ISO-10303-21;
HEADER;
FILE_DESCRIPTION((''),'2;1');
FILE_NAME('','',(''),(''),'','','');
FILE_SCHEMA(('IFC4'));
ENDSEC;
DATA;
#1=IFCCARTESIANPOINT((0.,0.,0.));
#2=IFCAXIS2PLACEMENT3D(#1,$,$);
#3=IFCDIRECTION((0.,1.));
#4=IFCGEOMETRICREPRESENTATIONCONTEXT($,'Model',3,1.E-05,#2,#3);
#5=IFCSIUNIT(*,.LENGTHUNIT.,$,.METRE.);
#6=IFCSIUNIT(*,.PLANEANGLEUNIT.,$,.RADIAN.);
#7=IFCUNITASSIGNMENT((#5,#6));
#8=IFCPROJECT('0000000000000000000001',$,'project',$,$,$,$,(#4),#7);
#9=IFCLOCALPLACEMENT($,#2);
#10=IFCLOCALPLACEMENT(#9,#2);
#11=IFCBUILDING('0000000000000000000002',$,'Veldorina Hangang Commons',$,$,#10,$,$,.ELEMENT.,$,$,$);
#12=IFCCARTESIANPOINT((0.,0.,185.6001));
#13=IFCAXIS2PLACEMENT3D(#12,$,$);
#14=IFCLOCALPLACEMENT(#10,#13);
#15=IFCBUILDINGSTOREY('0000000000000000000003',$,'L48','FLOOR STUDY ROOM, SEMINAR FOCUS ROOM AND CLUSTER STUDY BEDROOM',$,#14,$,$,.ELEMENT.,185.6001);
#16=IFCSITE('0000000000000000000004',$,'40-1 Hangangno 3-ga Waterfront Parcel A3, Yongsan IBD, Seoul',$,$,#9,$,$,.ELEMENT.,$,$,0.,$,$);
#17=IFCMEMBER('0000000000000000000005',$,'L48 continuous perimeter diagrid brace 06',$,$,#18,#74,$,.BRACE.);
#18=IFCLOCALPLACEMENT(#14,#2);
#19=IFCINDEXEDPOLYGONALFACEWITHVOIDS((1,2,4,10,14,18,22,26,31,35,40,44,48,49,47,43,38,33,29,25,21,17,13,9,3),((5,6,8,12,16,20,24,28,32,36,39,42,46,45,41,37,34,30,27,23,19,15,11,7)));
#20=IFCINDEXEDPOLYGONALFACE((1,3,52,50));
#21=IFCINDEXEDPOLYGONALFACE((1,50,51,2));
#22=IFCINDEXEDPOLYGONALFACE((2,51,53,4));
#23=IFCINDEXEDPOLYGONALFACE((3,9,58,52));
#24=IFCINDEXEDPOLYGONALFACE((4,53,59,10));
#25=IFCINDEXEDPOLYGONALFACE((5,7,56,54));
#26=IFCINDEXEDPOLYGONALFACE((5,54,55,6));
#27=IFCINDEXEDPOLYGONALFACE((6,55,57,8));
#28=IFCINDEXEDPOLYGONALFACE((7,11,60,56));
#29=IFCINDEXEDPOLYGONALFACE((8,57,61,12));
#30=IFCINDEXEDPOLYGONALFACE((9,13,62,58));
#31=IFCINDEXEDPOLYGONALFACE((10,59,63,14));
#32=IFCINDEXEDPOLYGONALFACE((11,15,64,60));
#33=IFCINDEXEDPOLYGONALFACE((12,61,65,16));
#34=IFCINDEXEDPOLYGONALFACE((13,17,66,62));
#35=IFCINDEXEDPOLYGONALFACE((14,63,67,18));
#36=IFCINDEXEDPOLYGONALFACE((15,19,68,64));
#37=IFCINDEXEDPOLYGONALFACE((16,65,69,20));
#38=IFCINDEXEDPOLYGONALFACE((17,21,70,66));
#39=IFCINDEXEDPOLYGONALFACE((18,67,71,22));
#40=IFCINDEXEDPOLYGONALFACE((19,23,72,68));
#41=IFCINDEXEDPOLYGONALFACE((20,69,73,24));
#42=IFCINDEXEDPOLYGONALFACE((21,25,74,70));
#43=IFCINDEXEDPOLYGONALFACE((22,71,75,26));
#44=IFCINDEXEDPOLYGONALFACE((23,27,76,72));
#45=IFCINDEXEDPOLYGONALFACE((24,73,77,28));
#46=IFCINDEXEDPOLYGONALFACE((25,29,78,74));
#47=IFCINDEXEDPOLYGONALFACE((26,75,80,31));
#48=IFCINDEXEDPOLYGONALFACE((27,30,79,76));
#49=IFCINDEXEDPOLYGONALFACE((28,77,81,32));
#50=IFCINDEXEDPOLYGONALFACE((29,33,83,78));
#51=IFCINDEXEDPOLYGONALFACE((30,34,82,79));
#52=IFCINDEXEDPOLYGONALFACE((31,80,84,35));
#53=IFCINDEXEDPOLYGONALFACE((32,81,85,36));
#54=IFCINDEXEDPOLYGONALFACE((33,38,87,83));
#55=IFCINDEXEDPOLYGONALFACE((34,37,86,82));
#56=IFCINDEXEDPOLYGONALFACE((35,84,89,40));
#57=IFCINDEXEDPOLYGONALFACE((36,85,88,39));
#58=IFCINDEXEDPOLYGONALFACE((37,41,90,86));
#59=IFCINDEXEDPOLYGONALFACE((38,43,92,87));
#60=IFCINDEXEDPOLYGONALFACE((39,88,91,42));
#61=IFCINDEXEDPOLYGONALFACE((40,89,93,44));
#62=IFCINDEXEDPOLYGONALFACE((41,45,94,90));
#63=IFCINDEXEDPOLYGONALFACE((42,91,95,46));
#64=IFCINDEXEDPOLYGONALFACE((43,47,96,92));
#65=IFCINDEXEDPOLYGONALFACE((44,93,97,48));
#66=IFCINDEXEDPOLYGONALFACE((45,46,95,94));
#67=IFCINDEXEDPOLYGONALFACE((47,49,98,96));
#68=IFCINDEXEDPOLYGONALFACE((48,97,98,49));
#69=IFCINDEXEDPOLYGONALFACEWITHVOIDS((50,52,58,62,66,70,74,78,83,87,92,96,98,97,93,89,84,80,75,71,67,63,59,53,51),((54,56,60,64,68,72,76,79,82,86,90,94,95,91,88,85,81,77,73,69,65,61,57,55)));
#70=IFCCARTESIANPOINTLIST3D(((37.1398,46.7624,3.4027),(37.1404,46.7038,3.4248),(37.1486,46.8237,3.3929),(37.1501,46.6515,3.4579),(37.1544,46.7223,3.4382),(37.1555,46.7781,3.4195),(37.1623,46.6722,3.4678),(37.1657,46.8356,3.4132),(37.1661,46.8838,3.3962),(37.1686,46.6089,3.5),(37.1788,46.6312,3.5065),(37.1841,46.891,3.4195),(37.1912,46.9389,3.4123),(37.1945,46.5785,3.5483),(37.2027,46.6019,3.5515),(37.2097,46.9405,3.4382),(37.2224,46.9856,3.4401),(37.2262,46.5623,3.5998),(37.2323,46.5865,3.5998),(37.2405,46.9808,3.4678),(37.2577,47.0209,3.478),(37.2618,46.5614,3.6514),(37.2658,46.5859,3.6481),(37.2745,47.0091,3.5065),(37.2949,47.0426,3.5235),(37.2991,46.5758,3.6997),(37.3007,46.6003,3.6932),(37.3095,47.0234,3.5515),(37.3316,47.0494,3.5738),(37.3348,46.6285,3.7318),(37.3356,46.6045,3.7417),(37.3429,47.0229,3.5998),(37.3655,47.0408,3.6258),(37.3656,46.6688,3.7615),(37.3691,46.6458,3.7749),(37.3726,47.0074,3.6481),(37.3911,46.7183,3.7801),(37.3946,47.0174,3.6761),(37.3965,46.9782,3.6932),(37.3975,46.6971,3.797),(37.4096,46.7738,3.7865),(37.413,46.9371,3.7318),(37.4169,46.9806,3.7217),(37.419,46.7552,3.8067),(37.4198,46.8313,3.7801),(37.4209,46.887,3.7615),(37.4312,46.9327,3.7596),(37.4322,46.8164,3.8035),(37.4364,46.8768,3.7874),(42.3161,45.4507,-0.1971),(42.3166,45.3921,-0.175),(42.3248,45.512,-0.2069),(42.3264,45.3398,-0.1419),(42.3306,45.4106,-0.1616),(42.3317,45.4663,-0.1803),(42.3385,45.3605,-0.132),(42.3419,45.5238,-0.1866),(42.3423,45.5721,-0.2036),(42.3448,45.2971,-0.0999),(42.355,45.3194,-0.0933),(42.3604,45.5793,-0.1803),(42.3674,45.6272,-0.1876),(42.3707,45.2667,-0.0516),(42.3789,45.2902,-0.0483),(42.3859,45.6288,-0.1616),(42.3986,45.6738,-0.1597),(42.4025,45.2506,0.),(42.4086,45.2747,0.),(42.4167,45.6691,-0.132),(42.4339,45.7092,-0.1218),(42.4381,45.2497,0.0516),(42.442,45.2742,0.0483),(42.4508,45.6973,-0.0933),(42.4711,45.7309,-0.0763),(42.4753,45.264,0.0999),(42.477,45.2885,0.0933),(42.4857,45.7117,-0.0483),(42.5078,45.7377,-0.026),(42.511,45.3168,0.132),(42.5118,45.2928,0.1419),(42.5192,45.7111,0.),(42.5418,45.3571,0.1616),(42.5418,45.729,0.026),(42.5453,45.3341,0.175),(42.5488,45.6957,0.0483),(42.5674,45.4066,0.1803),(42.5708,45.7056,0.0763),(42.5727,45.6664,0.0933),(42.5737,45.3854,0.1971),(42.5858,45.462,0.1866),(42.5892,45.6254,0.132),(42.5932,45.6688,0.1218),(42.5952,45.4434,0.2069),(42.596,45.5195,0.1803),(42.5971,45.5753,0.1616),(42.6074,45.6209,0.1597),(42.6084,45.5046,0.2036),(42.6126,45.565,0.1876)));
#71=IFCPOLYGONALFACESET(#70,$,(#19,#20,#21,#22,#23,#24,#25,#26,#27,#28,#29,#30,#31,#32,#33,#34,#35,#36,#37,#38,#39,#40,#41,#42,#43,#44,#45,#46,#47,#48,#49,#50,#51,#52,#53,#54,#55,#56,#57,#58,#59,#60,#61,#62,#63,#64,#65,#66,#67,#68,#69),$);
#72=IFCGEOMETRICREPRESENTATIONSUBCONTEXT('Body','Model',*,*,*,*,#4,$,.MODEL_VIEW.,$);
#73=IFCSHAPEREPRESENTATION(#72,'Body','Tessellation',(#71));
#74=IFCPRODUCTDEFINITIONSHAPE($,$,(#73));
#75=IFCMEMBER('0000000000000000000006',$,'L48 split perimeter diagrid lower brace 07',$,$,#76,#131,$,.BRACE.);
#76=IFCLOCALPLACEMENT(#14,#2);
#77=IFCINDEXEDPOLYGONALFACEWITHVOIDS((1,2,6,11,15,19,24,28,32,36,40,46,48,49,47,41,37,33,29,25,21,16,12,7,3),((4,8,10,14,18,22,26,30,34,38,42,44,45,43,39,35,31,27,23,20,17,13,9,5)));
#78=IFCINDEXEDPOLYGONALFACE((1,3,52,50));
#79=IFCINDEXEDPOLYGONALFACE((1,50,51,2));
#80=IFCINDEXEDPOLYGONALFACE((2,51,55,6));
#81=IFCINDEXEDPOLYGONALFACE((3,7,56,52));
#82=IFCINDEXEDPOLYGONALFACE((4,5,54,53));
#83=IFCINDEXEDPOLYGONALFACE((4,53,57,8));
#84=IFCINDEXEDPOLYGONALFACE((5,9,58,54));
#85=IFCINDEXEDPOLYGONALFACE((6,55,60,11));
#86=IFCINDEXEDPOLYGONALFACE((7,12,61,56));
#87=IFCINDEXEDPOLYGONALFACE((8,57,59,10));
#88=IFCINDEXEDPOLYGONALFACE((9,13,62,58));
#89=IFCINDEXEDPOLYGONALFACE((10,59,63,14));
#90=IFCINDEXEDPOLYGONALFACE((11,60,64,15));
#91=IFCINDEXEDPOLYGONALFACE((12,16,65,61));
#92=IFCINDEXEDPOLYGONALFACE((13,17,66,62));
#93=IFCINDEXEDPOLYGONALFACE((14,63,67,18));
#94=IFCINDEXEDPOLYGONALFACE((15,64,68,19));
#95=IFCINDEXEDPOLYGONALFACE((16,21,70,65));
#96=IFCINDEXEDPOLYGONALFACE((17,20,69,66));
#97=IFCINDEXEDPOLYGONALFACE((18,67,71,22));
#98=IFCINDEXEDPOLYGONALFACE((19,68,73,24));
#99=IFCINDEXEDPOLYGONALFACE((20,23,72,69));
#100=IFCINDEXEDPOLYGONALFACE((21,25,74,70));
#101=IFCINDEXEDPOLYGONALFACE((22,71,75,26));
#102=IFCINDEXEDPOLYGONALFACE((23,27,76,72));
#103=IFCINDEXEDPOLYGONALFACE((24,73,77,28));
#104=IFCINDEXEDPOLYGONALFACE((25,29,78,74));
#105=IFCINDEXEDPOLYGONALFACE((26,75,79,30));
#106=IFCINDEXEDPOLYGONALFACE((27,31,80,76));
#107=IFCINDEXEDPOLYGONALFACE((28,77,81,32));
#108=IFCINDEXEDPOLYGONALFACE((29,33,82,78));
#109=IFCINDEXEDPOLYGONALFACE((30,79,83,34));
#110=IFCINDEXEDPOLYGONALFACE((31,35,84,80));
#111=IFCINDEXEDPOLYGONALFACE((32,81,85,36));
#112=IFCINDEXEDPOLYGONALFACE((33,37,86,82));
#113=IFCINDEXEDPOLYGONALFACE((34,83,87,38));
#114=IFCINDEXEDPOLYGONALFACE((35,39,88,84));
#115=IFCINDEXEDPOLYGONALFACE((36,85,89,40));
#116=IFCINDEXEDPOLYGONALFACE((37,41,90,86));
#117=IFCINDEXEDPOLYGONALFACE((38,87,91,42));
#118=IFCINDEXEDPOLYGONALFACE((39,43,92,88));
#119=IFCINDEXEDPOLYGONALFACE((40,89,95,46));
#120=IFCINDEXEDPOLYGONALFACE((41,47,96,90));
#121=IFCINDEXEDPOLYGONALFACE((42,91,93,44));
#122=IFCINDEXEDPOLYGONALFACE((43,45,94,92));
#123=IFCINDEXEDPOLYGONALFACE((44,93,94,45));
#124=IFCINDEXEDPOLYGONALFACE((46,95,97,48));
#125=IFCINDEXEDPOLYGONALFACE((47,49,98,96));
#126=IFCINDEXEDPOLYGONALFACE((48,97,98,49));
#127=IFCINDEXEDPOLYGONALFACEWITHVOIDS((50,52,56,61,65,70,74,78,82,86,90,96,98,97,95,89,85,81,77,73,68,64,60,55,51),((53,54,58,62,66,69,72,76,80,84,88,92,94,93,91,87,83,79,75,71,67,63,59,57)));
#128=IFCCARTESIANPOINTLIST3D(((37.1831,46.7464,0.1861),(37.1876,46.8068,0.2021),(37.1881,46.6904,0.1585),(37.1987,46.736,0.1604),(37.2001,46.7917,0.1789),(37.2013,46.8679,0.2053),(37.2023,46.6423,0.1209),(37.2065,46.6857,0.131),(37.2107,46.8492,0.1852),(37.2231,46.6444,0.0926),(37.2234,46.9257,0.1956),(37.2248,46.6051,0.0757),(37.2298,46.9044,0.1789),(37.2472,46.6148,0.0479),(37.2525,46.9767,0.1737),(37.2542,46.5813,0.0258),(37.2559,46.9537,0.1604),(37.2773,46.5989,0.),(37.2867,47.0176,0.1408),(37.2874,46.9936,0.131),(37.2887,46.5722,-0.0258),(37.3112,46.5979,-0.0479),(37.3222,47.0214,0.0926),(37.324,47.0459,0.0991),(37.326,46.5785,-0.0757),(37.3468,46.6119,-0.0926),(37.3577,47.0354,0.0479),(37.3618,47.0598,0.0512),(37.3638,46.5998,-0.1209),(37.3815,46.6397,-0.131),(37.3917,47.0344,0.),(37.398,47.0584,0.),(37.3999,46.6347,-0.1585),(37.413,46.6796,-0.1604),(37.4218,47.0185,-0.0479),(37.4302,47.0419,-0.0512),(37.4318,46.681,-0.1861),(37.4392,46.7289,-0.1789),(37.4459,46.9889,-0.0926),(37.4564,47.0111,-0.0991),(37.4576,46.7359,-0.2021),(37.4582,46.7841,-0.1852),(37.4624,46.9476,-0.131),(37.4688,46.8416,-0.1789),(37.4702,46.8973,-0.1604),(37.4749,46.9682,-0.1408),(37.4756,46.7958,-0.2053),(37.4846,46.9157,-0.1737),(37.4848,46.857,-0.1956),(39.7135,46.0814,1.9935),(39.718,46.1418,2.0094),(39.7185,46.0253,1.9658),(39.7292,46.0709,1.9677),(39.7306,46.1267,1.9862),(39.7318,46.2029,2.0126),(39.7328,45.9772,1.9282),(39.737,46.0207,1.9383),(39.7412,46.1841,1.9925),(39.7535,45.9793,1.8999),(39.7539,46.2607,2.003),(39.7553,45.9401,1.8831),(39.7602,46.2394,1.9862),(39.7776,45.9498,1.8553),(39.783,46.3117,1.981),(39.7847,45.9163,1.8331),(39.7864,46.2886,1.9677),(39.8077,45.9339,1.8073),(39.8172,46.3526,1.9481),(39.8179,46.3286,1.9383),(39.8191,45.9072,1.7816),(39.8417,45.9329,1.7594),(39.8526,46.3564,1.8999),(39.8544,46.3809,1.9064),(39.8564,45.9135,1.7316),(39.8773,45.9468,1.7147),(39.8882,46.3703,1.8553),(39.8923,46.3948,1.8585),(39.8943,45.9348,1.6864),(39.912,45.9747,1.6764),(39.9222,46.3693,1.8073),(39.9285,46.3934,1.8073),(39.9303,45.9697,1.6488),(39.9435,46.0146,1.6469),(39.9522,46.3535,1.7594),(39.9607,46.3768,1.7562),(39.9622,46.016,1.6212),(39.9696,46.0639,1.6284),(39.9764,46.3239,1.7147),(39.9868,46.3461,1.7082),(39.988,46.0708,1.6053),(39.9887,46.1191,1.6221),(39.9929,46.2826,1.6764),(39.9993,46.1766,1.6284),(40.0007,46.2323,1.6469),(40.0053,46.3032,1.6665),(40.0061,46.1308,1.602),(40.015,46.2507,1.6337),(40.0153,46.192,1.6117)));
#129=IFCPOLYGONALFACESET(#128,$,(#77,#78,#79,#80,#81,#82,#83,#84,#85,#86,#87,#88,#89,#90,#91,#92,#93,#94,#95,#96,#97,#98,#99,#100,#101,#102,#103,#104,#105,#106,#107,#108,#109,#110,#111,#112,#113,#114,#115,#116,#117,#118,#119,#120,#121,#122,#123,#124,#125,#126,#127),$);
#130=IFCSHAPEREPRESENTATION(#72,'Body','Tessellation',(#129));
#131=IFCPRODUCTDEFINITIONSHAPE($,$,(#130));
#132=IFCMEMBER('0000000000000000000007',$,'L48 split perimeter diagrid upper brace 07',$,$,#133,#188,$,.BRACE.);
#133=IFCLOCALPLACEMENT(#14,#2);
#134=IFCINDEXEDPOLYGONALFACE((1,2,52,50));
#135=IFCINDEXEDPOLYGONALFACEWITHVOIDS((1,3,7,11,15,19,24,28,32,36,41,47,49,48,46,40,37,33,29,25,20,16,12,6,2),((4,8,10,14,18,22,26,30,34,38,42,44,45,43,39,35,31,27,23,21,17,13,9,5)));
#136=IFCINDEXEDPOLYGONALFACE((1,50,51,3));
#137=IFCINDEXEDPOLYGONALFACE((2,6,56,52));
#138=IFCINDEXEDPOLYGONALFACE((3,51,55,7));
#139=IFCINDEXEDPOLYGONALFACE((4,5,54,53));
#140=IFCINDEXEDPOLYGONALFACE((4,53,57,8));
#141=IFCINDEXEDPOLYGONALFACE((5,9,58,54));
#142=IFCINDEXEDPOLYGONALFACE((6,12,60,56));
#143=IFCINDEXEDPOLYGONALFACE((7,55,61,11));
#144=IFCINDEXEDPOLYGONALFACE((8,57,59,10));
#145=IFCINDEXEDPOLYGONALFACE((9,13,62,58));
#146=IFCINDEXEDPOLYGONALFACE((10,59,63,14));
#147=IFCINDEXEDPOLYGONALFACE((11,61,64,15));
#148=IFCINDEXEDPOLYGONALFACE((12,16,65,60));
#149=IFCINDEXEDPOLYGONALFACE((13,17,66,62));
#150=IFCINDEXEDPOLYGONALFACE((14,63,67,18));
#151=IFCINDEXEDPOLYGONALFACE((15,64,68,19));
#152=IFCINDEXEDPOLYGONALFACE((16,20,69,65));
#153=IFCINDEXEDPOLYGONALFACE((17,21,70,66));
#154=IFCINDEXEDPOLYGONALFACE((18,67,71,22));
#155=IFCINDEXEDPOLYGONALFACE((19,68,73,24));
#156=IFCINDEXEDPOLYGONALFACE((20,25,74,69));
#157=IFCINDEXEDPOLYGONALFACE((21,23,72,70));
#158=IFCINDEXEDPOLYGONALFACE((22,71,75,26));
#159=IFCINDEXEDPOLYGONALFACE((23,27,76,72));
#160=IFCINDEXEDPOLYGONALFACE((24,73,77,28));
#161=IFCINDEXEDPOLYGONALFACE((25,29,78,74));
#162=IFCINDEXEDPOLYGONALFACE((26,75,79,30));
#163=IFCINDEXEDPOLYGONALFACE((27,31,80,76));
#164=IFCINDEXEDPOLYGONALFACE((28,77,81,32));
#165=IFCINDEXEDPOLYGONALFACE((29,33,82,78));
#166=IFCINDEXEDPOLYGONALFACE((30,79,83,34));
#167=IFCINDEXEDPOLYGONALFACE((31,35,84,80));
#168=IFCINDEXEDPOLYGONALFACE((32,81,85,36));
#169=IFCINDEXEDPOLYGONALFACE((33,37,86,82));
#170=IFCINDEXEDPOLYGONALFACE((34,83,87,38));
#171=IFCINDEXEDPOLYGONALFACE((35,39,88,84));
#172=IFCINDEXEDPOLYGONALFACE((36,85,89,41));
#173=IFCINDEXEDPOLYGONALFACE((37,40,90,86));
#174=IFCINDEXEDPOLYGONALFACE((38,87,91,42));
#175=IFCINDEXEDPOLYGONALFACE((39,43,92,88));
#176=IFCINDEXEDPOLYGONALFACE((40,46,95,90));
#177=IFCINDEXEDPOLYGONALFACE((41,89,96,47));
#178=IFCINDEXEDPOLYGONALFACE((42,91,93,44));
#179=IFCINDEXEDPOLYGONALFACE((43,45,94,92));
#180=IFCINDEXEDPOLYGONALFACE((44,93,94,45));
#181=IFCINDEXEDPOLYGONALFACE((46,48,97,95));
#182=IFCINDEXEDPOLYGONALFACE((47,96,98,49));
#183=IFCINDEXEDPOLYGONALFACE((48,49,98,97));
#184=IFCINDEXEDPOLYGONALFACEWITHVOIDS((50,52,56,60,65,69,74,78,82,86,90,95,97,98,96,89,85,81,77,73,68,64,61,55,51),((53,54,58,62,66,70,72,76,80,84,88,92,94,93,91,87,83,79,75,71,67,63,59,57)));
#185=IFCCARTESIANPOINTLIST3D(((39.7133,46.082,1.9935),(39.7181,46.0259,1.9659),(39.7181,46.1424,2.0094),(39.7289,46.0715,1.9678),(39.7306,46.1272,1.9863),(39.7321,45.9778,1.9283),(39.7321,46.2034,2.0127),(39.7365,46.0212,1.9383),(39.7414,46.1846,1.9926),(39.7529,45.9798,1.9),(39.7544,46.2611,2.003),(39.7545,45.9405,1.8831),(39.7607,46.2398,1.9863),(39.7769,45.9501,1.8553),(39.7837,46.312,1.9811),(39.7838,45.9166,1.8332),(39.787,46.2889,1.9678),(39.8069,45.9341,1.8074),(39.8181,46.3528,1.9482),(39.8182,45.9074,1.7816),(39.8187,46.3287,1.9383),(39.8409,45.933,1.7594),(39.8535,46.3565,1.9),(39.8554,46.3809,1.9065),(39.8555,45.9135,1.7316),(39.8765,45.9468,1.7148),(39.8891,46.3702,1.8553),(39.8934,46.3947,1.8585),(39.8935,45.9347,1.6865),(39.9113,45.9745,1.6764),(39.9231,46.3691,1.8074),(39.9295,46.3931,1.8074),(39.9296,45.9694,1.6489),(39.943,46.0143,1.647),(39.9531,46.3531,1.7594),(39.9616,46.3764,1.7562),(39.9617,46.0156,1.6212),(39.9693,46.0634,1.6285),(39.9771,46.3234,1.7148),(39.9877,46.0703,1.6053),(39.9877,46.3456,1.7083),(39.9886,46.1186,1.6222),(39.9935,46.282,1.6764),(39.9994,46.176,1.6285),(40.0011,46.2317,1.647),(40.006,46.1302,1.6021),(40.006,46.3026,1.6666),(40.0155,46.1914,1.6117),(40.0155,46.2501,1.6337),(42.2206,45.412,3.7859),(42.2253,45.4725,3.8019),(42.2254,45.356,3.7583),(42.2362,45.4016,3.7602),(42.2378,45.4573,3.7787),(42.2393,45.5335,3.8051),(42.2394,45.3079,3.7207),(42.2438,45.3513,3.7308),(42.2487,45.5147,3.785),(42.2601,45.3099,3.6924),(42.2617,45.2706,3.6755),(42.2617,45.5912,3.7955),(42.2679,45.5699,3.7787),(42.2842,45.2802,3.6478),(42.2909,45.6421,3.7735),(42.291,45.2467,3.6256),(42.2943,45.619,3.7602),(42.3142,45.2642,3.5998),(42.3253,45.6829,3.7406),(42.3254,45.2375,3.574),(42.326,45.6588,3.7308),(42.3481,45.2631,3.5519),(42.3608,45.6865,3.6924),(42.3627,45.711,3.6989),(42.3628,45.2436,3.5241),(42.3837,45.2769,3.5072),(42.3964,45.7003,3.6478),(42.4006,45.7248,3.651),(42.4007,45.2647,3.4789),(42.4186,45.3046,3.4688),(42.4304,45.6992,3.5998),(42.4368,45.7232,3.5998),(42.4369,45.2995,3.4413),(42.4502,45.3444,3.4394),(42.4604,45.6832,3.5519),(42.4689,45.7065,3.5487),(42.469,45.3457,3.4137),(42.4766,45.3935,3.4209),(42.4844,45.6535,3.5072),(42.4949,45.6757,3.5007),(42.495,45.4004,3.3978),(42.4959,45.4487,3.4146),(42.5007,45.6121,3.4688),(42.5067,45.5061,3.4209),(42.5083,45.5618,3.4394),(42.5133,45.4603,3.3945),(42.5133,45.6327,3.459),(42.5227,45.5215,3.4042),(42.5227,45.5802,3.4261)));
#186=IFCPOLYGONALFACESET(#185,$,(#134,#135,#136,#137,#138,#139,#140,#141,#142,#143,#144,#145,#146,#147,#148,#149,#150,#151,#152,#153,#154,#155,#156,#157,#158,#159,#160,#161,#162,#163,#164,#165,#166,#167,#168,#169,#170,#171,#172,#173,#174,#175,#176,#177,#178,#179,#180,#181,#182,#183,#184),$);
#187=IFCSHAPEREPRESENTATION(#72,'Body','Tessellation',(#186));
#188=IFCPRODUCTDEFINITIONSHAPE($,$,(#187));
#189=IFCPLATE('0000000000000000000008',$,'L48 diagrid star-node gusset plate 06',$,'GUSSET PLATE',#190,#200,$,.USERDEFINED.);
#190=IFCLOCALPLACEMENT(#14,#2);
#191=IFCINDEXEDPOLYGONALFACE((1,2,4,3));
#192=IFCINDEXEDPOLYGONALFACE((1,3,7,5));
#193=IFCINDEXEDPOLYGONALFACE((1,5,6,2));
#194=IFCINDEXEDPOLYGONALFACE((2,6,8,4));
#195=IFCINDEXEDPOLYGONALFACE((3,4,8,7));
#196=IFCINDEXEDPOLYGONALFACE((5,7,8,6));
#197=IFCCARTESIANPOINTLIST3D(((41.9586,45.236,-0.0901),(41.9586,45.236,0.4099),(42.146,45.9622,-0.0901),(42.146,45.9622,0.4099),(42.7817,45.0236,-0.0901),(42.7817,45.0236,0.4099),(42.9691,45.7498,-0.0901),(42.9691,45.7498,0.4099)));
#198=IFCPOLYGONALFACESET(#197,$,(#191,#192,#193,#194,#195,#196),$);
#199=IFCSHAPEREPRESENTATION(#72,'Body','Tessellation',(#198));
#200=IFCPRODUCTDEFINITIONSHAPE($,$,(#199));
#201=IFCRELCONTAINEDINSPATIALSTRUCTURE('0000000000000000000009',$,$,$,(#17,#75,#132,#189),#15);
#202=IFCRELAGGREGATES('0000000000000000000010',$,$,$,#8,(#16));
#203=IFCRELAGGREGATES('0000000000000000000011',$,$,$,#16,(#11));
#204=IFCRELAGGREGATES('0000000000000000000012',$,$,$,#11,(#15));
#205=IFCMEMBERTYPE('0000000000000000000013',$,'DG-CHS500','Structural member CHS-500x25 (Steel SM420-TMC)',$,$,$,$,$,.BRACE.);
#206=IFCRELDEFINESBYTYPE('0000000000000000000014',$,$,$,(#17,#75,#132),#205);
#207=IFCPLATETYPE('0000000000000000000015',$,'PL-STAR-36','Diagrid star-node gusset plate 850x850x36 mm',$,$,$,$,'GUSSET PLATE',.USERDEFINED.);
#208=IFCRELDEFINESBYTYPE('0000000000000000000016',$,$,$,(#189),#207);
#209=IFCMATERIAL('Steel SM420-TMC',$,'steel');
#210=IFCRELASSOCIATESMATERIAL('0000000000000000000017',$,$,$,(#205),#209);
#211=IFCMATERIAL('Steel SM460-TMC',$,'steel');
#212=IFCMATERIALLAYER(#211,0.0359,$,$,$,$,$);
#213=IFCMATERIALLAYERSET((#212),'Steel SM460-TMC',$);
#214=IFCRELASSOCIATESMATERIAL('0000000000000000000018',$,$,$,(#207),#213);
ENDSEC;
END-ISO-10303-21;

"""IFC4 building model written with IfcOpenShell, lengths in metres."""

from ifc_helpers import new_model, si_unit, direction, frame, origin, origin_2d, place, context, subcontext, project, spatial, rectangle, hollow_circle, extrude, material, layer, layer_set, material_profile, profile_set, type_object, element, save


model = new_model("IFC4")

# Units and contexts
model_context = context("Model", 3, precision=1e-05, world=origin(), true_north=direction((0.0, 1.0)))
body_context = subcontext(model_context, "Body", "Model", "MODEL_VIEW")
ifc_project = project(units=[si_unit("LENGTHUNIT", "METRE"), si_unit("PLANEANGLEUNIT", "RADIAN")], contexts=[model_context])

# Site, building, storey
site_placement = place(None, origin())
site = spatial("IfcSite", under=ifc_project, at=site_placement, Name="40-1 Hangangno 3-ga Waterfront Parcel A3, Yongsan IBD, Seoul", CompositionType="ELEMENT", RefElevation=0.0)
building_placement = place(site_placement, origin())
building = spatial("IfcBuilding", under=site, at=building_placement, Name="Veldorina Hangang Commons", CompositionType="ELEMENT")
storey_placement = place(building_placement, frame((0.0, 0.0, 185.6001)))
storey = spatial("IfcBuildingStorey", under=building, at=storey_placement, Name="L48", Description="FLOOR STUDY ROOM, SEMINAR FOCUS ROOM AND CLUSTER STUDY BEDROOM", CompositionType="ELEMENT", Elevation=185.6001)

# Shared definitions
ifc_material_1 = material(Name="Steel SM420-TMC", Category="steel")

# Members
ifc_material_profile_1 = material_profile(ifc_material_1, hollow_circle(Radius=0.25, WallThickness=0.0249, at=origin_2d()), Name="CHS-500x25")
ifc_profile_set_1 = profile_set([ifc_material_profile_1], Name="Steel SM420-TMC")
member_type = type_object("IfcMemberType", Name="DG-CHS500", Description="Structural member CHS-500x25 (Steel SM420-TMC)", PredefinedType="BRACE", material=ifc_profile_set_1)
member_1_placement = place(storey_placement, frame((42.4639, 45.4929, 0.0), z_axis=(-0.80377, 0.203691, 0.558985), x_axis=(-0.245654, -0.969358, 0.0)))
element("IfcMember", 1, at=member_1_placement, inside=storey, type_object=member_type, Name="L48 continuous perimeter diagrid brace 06", PredefinedType="BRACE", context=body_context, shape_type="SweptSolid", body=[
    extrude(hollow_circle(Radius=0.25, WallThickness=0.0249, at=origin_2d()), origin(), (0.0, 0.0, 1.0), 6.4399),
])
member_2_placement = place(storey_placement, frame((37.3345, 46.8167, 0.0), z_axis=(0.795761, -0.209132, 0.568356), x_axis=(0.254176, 0.967158, 0.0)))
element("IfcMember", 2, at=member_2_placement, inside=storey, type_object=member_type, Name="L48 split perimeter diagrid lower brace 07", PredefinedType="BRACE", context=body_context, shape_type="SweptSolid", body=[
    extrude(hollow_circle(Radius=0.25, WallThickness=0.0249, at=origin_2d()), origin(), (0.0, 0.0, 1.0), 3.1799),
])
member_3_placement = place(storey_placement, frame((39.865, 46.1516, 1.8074), z_axis=(0.794937, -0.212396, 0.568299), x_axis=(0.258131, 0.96611, 0.0)))
element("IfcMember", 3, at=member_3_placement, inside=storey, type_object=member_type, Name="L48 split perimeter diagrid upper brace 07", PredefinedType="BRACE", context=body_context, shape_type="SweptSolid", body=[
    extrude(hollow_circle(Radius=0.25, WallThickness=0.0249, at=origin_2d()), origin(), (0.0, 0.0, 1.0), 3.1541),
])

# Plate
ifc_material_2 = material(Name="Steel SM460-TMC", Category="steel")
ifc_layer_1 = layer(ifc_material_2, 0.0359)
ifc_layer_set_1 = layer_set([ifc_layer_1], Name="Steel SM460-TMC")
plate_type = type_object("IfcPlateType", Name="PL-STAR-36", Description="Diagrid star-node gusset plate 850x850x36 mm", ElementType="GUSSET PLATE", PredefinedType="USERDEFINED", material=ifc_layer_set_1)
plate_1_placement = place(storey_placement, frame((42.4639, 45.4929, -0.0901), z_axis=(0.0, 0.0, 1.0), x_axis=(-0.968274, 0.24989, 0.0)))
element("IfcPlate", 4, at=plate_1_placement, inside=storey, type_object=plate_type, Name="L48 diagrid star-node gusset plate 06", ObjectType="GUSSET PLATE", PredefinedType="USERDEFINED", context=body_context, shape_type="SweptSolid", body=[
    extrude(rectangle(XDim=0.8501, YDim=0.75, at=origin_2d()), origin(), (0.0, 0.0, 1.0), 0.5),
])

save(model, "model.ifc")
